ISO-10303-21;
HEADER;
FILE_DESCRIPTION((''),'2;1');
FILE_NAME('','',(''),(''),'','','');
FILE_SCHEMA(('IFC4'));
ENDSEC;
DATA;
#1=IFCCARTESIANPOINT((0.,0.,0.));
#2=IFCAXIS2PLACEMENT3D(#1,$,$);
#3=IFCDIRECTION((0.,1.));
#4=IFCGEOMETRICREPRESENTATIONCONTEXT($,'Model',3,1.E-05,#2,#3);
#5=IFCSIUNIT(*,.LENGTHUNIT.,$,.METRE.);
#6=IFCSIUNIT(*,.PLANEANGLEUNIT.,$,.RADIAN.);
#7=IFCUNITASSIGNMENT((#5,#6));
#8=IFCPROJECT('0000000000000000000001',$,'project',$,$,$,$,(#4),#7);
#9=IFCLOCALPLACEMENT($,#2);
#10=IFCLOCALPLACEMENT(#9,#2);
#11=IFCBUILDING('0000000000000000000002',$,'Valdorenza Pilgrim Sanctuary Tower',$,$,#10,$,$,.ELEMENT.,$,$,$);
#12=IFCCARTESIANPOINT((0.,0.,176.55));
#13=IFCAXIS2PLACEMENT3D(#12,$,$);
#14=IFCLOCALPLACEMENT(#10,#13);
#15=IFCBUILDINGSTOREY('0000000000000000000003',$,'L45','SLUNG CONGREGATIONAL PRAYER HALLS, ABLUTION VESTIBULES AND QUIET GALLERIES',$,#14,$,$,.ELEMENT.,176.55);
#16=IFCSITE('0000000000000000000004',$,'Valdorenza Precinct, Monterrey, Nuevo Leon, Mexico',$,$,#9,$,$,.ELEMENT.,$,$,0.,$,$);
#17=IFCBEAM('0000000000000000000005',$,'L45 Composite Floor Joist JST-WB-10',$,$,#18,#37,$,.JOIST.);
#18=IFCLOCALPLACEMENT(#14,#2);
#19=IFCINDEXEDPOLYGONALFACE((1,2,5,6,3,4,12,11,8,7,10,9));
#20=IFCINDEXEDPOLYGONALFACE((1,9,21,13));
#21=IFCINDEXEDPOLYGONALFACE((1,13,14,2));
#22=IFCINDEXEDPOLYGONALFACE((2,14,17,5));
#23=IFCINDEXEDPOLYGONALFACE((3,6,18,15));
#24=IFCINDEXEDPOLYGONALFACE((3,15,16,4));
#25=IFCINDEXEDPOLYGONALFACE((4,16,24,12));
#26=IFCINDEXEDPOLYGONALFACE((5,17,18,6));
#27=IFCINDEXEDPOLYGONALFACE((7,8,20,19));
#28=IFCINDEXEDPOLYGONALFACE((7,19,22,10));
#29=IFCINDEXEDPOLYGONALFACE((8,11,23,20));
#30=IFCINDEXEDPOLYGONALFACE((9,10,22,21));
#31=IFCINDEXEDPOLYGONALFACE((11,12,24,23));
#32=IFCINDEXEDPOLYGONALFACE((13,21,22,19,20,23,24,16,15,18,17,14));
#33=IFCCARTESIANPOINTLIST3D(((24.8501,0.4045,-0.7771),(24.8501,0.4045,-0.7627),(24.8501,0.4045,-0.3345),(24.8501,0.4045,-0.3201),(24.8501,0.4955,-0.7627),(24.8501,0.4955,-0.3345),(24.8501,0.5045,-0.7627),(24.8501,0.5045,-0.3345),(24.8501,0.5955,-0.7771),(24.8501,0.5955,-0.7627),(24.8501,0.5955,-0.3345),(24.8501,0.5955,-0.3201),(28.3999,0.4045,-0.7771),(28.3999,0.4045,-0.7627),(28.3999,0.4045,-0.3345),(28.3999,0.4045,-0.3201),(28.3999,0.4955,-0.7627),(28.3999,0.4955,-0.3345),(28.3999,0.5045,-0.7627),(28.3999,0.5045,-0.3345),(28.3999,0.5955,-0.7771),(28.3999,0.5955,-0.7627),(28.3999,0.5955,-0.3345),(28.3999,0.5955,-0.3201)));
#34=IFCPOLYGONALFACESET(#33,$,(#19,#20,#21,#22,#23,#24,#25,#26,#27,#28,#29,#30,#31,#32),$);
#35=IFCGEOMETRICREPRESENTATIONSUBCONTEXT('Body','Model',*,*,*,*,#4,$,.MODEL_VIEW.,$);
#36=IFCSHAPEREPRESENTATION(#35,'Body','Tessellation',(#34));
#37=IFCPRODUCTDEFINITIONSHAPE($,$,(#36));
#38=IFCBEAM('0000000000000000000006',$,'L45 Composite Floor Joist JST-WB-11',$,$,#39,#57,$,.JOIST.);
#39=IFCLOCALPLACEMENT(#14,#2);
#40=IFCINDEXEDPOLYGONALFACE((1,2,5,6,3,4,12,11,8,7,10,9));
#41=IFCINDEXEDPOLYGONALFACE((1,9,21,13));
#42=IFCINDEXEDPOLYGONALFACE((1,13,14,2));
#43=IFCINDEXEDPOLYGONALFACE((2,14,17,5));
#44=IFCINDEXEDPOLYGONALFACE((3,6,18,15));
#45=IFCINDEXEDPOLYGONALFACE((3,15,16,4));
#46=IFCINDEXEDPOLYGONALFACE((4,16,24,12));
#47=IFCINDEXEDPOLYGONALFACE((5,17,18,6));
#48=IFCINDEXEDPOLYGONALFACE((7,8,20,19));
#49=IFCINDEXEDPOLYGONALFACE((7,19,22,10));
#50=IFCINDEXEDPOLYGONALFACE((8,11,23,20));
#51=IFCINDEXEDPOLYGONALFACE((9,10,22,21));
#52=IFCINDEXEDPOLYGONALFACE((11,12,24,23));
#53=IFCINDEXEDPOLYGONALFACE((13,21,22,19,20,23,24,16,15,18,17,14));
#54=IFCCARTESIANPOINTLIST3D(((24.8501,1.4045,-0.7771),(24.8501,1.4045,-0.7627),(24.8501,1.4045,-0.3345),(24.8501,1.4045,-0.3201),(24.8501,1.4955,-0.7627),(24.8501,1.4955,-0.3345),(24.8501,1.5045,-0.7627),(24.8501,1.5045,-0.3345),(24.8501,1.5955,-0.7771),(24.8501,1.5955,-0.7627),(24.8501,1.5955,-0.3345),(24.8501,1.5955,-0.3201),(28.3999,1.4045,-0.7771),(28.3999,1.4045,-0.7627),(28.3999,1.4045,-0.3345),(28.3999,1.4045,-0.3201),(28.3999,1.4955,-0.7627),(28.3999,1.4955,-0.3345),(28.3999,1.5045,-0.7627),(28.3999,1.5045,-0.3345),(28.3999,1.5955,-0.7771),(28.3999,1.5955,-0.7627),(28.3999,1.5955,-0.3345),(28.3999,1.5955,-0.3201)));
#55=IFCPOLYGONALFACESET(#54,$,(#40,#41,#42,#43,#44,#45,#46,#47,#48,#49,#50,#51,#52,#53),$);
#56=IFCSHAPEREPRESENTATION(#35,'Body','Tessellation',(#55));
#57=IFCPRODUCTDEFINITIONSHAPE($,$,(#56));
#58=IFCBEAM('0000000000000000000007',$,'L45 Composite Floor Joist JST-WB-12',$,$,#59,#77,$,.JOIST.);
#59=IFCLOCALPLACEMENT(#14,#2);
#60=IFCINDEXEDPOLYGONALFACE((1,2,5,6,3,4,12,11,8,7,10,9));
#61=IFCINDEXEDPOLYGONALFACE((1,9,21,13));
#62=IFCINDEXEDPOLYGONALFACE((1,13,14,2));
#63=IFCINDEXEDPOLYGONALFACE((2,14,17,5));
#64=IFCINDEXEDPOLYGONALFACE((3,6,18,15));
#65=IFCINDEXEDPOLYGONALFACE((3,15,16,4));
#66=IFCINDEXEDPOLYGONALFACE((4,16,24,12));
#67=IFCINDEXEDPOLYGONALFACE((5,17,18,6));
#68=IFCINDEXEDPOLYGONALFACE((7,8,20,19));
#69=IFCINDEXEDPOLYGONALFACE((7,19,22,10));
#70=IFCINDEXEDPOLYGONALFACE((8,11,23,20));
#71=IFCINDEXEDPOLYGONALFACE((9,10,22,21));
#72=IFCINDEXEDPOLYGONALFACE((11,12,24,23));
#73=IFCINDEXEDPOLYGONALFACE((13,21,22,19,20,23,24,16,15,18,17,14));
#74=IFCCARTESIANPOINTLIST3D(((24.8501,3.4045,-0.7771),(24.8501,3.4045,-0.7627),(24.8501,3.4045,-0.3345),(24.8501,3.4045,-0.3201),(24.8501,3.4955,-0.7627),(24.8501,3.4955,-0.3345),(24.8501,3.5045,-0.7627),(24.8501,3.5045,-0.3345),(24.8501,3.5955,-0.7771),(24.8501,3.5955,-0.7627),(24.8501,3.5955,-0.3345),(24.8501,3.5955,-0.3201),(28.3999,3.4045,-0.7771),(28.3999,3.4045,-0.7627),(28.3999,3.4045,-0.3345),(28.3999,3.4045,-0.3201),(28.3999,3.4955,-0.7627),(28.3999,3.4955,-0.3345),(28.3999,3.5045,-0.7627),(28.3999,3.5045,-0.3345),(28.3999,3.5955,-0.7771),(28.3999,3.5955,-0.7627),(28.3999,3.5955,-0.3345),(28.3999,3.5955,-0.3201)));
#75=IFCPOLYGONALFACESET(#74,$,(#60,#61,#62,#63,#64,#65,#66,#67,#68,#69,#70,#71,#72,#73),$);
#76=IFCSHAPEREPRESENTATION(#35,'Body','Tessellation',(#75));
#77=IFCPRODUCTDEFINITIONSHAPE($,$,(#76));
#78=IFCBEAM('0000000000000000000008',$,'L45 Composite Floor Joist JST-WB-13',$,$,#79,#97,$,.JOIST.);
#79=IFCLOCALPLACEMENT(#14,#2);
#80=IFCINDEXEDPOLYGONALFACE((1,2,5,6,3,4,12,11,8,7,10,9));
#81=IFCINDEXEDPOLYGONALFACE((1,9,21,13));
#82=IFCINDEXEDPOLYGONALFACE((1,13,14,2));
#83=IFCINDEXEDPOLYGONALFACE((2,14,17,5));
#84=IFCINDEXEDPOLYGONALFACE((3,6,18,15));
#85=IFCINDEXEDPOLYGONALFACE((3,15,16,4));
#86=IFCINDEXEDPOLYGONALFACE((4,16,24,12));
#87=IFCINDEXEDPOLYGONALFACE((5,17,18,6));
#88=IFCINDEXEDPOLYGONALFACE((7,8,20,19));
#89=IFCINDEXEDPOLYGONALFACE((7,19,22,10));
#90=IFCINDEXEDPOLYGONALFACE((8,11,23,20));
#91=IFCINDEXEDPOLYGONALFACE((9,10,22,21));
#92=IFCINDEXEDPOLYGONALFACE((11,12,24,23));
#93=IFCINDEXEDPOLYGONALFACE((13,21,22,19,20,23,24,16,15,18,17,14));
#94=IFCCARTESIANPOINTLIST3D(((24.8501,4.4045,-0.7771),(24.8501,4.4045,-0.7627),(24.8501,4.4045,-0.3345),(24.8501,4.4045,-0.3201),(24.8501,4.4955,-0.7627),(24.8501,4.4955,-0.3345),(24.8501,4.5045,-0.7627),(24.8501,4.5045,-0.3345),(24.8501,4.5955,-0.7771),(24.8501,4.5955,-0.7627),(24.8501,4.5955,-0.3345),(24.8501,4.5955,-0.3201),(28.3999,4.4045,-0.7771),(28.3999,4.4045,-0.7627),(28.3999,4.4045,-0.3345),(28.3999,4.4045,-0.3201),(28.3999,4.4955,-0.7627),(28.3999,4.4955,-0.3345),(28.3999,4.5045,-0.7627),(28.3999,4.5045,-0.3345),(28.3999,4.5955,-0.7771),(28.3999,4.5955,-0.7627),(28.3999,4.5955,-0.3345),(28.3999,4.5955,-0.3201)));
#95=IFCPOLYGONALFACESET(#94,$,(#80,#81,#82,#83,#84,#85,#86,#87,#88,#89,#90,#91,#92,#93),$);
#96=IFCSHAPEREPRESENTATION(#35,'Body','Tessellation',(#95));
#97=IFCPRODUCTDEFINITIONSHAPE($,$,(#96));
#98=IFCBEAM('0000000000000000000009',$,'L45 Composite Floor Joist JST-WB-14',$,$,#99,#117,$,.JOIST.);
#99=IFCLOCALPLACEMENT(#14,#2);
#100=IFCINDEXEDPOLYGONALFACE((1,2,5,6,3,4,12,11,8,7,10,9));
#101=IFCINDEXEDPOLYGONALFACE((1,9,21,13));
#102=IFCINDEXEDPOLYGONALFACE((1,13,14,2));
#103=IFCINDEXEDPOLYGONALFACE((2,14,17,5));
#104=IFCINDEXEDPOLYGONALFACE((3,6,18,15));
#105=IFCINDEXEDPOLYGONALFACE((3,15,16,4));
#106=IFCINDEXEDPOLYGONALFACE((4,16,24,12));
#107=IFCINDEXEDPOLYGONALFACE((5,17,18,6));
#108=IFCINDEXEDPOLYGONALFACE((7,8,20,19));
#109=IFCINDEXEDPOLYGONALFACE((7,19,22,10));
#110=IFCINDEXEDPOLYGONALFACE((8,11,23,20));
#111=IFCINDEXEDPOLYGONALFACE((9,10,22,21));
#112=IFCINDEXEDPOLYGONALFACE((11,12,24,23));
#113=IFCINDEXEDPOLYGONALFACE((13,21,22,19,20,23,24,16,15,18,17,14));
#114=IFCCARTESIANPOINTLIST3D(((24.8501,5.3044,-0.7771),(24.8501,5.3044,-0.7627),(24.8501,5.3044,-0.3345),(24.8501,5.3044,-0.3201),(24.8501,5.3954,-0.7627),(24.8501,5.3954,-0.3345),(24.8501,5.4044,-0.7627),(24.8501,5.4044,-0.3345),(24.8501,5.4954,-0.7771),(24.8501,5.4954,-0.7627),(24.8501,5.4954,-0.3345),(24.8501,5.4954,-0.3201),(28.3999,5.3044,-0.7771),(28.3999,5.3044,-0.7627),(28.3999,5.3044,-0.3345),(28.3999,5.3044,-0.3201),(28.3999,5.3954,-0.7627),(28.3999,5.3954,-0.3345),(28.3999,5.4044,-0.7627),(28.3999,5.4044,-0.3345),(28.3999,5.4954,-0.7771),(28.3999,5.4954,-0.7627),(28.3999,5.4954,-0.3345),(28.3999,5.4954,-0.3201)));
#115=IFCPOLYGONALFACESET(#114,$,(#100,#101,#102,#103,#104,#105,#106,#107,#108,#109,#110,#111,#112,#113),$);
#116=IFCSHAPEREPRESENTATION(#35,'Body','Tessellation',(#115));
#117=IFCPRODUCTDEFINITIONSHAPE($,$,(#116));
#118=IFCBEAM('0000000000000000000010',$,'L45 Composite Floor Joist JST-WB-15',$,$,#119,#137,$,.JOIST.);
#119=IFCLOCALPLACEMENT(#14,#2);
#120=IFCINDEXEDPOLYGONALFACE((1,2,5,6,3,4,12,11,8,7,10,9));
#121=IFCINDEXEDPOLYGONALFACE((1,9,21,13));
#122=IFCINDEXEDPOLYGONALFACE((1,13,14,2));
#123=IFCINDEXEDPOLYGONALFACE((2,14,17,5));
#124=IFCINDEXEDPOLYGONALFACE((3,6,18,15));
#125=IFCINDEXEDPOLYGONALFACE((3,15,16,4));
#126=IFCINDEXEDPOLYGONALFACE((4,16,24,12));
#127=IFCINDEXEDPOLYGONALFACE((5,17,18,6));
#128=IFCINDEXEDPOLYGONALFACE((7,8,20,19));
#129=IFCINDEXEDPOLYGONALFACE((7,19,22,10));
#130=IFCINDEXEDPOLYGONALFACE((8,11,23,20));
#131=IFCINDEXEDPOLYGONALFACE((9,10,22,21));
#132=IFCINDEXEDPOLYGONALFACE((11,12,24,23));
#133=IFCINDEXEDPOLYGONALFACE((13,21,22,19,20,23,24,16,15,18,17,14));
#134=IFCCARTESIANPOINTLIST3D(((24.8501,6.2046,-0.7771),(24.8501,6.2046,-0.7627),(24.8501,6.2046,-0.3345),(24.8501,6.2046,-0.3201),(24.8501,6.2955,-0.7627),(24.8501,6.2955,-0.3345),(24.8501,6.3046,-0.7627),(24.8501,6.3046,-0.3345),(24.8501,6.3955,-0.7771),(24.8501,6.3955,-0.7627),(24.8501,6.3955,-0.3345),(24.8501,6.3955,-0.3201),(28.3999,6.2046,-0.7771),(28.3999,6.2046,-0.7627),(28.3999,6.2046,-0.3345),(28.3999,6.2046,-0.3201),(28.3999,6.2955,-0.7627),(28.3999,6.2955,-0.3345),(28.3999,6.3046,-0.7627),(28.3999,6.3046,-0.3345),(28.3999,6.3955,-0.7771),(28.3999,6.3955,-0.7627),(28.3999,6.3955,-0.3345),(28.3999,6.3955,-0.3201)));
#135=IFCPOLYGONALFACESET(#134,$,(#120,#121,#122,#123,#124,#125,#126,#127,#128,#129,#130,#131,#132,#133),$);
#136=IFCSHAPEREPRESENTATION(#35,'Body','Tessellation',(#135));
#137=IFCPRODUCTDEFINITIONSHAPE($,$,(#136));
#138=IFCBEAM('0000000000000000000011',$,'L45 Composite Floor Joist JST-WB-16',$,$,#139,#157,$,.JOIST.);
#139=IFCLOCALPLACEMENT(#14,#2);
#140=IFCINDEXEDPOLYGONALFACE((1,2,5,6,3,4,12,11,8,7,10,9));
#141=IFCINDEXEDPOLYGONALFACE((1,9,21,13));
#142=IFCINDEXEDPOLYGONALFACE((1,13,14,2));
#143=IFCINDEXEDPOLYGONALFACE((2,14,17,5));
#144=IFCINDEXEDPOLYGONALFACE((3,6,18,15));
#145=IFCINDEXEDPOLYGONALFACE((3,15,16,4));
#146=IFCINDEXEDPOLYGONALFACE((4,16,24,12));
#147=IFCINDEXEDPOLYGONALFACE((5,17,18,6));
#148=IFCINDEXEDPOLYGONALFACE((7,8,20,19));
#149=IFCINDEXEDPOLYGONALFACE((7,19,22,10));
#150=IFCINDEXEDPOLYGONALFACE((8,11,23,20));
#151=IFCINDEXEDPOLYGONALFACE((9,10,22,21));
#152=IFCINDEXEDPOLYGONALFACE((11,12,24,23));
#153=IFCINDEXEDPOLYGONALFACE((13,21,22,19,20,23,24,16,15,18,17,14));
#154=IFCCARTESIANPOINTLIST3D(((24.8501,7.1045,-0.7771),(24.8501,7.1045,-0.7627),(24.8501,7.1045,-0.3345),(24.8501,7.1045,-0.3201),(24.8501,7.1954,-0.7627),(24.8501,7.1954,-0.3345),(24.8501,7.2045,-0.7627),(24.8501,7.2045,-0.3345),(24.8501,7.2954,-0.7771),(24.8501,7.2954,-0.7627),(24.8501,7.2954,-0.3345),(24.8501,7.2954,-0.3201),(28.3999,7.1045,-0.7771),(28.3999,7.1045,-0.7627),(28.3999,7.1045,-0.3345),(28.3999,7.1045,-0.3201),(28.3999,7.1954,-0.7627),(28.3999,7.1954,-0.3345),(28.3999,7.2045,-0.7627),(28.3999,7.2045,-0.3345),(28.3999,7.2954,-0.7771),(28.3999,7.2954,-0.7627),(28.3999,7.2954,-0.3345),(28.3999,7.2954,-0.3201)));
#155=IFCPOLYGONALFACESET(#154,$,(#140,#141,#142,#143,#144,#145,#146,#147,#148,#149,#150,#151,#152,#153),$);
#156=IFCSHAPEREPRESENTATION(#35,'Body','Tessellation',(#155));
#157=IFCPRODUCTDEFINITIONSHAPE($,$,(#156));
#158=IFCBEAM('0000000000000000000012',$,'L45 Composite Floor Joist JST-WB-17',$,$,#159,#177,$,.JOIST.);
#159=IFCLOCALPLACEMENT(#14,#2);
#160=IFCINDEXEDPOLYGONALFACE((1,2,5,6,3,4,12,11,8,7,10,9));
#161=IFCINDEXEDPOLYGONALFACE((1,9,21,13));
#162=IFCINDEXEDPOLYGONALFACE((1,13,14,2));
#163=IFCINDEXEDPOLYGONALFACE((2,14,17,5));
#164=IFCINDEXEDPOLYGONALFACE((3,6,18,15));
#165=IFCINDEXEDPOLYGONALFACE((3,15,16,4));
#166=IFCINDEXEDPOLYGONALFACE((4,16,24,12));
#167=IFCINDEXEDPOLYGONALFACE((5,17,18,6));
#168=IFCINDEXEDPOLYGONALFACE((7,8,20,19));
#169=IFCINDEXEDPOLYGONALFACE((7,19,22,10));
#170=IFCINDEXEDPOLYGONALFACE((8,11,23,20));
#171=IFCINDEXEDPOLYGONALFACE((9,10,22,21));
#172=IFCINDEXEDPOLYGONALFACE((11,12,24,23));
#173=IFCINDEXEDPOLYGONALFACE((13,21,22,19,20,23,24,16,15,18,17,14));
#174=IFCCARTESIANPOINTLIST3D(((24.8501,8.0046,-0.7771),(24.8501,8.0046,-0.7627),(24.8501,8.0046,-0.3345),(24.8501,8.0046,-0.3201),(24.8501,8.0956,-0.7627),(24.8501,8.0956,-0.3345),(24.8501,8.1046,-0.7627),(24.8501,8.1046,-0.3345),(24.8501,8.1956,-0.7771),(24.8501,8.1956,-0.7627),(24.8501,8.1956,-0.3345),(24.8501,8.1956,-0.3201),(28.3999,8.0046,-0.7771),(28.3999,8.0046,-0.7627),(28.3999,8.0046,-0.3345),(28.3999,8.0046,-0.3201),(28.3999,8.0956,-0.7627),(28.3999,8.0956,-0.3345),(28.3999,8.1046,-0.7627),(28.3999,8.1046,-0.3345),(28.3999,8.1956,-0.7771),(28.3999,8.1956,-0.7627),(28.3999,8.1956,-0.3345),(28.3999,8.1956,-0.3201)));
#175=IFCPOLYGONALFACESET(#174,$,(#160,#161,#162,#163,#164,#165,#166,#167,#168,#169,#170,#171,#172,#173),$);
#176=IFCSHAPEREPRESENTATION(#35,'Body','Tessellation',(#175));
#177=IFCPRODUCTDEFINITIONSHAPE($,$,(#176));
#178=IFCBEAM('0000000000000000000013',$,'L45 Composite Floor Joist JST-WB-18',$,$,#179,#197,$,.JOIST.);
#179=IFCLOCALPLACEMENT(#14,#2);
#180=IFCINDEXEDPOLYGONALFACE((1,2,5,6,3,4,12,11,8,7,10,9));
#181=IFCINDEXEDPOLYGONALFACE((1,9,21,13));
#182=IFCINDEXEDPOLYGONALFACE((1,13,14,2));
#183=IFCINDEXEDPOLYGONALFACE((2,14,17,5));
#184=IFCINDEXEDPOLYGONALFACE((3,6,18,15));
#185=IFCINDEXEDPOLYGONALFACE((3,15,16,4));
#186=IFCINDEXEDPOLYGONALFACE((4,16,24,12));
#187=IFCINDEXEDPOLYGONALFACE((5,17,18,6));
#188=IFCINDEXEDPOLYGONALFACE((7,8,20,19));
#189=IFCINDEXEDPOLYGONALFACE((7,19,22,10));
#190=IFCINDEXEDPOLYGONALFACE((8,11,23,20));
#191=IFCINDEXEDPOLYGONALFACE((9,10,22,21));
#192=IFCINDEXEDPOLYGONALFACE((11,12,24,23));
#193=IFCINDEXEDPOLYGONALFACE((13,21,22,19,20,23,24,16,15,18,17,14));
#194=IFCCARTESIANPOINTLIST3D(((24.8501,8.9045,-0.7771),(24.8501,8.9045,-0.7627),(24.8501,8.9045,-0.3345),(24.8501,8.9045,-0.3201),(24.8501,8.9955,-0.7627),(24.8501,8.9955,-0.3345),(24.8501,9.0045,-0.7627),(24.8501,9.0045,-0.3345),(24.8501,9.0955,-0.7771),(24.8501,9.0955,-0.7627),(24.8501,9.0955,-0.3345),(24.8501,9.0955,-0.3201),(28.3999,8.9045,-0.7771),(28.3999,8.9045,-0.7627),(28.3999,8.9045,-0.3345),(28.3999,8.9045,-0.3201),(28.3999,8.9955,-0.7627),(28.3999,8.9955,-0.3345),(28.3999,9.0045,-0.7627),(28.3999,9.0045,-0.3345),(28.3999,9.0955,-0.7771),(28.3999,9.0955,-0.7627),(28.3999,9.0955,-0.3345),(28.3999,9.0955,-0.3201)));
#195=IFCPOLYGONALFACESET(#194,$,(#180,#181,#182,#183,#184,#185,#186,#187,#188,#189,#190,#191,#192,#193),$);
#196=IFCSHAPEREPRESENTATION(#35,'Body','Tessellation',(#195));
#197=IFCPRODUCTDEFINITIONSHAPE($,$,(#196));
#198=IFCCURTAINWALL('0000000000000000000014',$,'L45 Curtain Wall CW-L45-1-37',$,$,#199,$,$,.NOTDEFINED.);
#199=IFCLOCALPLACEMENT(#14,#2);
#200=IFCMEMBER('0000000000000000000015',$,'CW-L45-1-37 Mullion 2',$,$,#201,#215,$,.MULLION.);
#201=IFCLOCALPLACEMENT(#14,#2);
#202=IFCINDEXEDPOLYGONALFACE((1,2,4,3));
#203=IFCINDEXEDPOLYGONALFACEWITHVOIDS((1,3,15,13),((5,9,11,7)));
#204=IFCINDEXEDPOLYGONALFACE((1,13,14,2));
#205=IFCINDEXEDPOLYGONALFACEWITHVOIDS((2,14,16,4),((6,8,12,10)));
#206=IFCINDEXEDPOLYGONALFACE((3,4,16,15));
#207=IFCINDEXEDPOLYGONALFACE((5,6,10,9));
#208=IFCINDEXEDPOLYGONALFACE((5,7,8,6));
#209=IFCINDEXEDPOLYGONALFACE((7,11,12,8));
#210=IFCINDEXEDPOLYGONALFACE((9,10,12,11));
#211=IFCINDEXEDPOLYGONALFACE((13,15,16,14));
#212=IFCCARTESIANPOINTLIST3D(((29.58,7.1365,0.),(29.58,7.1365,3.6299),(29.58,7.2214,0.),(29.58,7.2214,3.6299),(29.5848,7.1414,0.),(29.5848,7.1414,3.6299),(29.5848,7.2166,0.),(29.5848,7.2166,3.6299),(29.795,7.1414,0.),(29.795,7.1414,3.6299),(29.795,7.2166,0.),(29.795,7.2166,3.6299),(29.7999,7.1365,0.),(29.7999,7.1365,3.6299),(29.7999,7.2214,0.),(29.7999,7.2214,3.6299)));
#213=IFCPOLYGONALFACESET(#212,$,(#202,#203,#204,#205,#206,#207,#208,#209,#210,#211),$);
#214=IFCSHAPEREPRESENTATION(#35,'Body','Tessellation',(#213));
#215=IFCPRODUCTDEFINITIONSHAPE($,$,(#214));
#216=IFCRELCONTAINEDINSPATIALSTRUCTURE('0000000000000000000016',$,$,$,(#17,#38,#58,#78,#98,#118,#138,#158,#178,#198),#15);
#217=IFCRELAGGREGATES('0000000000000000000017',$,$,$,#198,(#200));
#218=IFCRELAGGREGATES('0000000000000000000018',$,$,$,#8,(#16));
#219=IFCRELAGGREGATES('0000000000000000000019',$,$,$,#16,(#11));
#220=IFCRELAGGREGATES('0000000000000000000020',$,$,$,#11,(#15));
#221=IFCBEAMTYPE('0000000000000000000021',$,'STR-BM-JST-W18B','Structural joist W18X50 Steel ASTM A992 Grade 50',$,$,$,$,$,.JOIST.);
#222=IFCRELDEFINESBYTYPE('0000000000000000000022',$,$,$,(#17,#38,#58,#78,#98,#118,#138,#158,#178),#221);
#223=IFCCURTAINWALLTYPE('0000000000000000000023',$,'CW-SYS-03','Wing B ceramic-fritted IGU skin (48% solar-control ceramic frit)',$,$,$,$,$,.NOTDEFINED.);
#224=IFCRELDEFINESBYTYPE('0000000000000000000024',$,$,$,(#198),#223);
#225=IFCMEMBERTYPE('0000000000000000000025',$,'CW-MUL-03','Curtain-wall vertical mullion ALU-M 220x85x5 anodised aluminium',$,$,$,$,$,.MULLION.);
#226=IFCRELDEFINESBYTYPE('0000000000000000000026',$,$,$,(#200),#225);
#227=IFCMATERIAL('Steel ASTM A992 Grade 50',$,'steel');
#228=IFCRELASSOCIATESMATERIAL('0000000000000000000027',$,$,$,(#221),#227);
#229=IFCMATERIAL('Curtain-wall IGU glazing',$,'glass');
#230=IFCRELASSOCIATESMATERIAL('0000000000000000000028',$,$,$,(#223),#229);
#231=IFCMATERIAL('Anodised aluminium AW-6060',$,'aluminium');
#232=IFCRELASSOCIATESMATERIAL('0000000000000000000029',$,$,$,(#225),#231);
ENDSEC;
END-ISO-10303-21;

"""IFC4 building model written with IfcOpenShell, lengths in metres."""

from ifc_helpers import new_model, si_unit, direction, frame, origin, origin_2d, place, context, subcontext, project, spatial, hollow_rectangle, i_section, extrude, source, transform, mapped, material, material_profile, profile_set, type_object, element, aggregate, save


model = new_model("IFC4")

# Units and contexts
model_context = context("Model", 3, precision=1e-05, world=origin(), true_north=direction((0.0, 1.0)))
body_context = subcontext(model_context, "Body", "Model", "MODEL_VIEW")
ifc_project = project(units=[si_unit("LENGTHUNIT", "METRE"), si_unit("PLANEANGLEUNIT", "RADIAN")], contexts=[model_context])

# Site, building, storey
site_placement = place(None, origin())
site = spatial("IfcSite", under=ifc_project, at=site_placement, Name="Valdorenza Precinct, Monterrey, Nuevo Leon, Mexico", CompositionType="ELEMENT", RefElevation=0.0)
building_placement = place(site_placement, origin())
building = spatial("IfcBuilding", under=site, at=building_placement, Name="Valdorenza Pilgrim Sanctuary Tower", CompositionType="ELEMENT")
storey_placement = place(building_placement, frame((0.0, 0.0, 176.55)))
storey = spatial("IfcBuildingStorey", under=building, at=storey_placement, Name="L45", Description="SLUNG CONGREGATIONAL PRAYER HALLS, ABLUTION VESTIBULES AND QUIET GALLERIES", CompositionType="ELEMENT", Elevation=176.55)

# Beams
ifc_material_1 = material(Name="Steel ASTM A992 Grade 50", Category="steel")
ifc_material_profile_1 = material_profile(ifc_material_1, i_section(OverallWidth=0.1909, OverallDepth=0.457, WebThickness=0.009, FlangeThickness=0.0144, at=origin_2d()), Name="W18X50")
ifc_profile_set_1 = profile_set([ifc_material_profile_1], Name="Steel ASTM A992 Grade 50")
beam_type = type_object("IfcBeamType", Name="STR-BM-JST-W18B", Description="Structural joist W18X50 Steel ASTM A992 Grade 50", PredefinedType="JOIST", material=ifc_profile_set_1)
shared_shape_1 = source(origin(), body_context, "Body", "SweptSolid", [
    extrude(i_section(OverallWidth=0.1909, OverallDepth=0.457, WebThickness=0.009, FlangeThickness=0.0144, at=origin_2d()), origin(), (0.0, 0.0, 1.0), 3.5498),
])
for number, where, z_axis, x_axis, name in (
    (1, (24.8501, 0.5, -0.5486), (1.0, 0.0, 0.0), (0.0, 1.0, 0.0), "L45 Composite Floor Joist JST-WB-10"),
    (2, (24.8501, 1.5, -0.5486), (1.0, 0.0, 0.0), (0.0, 1.0, 0.0), "L45 Composite Floor Joist JST-WB-11"),
    (3, (24.8501, 3.5, -0.5486), (1.0, 0.0, 0.0), (0.0, 1.0, 0.0), "L45 Composite Floor Joist JST-WB-12"),
    (4, (24.8501, 4.5, -0.5486), (1.0, 0.0, 0.0), (0.0, 1.0, 0.0), "L45 Composite Floor Joist JST-WB-13"),
    (5, (24.8501, 5.3999, -0.5486), (1.0, 0.0, 0.0), (0.0, 1.0, 0.0), "L45 Composite Floor Joist JST-WB-14"),
    (6, (24.8501, 6.3, -0.5486), (1.0, 0.0, 0.0), (0.0, 1.0, 0.0), "L45 Composite Floor Joist JST-WB-15"),
    (7, (24.8501, 7.2, -0.5486), (1.0, 0.0, 0.0), (0.0, 1.0, 0.0), "L45 Composite Floor Joist JST-WB-16"),
    (8, (24.8501, 8.1001, -0.5486), (1.0, 0.0, 0.0), (0.0, 1.0, 0.0), "L45 Composite Floor Joist JST-WB-17"),
    (9, (24.8501, 9.0, -0.5486), (1.0, 0.0, 0.0), (0.0, 1.0, 0.0), "L45 Composite Floor Joist JST-WB-18"),
):
    element("IfcBeam", number, at=place(storey_placement, frame(where, z_axis=z_axis, x_axis=x_axis)), inside=storey, type_object=beam_type, Name=name, PredefinedType="JOIST", context=body_context, shape_type="MappedRepresentation", body=[
        mapped(shared_shape_1, transform((0.0, 0.0, 0.0), x_axis=(1.0, 0.0, 0.0), y_axis=(0.0, 1.0, 0.0), z_axis=(0.0, 0.0, 1.0), scale=1.0)),
    ])

# Curtain wall, member
ifc_material_2 = material(Name="Curtain-wall IGU glazing", Category="glass")
curtain_wall_type = type_object("IfcCurtainWallType", Name="CW-SYS-03", Description="Wing B ceramic-fritted IGU skin (48% solar-control ceramic frit)", PredefinedType="NOTDEFINED", material=ifc_material_2)
curtain_wall_placement = place(storey_placement, origin())
curtain_wall = element("IfcCurtainWall", 10, at=curtain_wall_placement, inside=storey, type_object=curtain_wall_type, Name="L45 Curtain Wall CW-L45-1-37", PredefinedType="NOTDEFINED")
ifc_material_3 = material(Name="Anodised aluminium AW-6060", Category="aluminium")
ifc_material_profile_2 = material_profile(ifc_material_3, hollow_rectangle(XDim=0.085, YDim=0.22, WallThickness=0.0049, at=origin_2d()), Name="ALU-M 220x85x5")
ifc_profile_set_2 = profile_set([ifc_material_profile_2], Name="Anodised aluminium AW-6060")
member_type = type_object("IfcMemberType", Name="CW-MUL-03", Description="Curtain-wall vertical mullion ALU-M 220x85x5 anodised aluminium", PredefinedType="MULLION", material=ifc_profile_set_2)
shared_shape_2 = source(origin(), body_context, "Body", "SweptSolid", [
    extrude(hollow_rectangle(XDim=0.085, YDim=0.22, WallThickness=0.0049, at=origin_2d()), origin(), (0.0, 0.0, 1.0), 3.6299),
])
member_1_placement = place(storey_placement, frame((29.6899, 7.179, 0.0), z_axis=(0.0, 0.0, 1.0), x_axis=(0.0, -1.0, 0.0)))
member_1 = element("IfcMember", 11, at=member_1_placement, type_object=member_type, Name="CW-L45-1-37 Mullion 2", PredefinedType="MULLION", context=body_context, shape_type="MappedRepresentation", body=[
    mapped(shared_shape_2, transform((0.0, 0.0, 0.0), x_axis=(1.0, 0.0, 0.0), y_axis=(0.0, 1.0, 0.0), z_axis=(0.0, 0.0, 1.0), scale=1.0)),
])
aggregate(curtain_wall, [member_1])

save(model, "model.ifc")
